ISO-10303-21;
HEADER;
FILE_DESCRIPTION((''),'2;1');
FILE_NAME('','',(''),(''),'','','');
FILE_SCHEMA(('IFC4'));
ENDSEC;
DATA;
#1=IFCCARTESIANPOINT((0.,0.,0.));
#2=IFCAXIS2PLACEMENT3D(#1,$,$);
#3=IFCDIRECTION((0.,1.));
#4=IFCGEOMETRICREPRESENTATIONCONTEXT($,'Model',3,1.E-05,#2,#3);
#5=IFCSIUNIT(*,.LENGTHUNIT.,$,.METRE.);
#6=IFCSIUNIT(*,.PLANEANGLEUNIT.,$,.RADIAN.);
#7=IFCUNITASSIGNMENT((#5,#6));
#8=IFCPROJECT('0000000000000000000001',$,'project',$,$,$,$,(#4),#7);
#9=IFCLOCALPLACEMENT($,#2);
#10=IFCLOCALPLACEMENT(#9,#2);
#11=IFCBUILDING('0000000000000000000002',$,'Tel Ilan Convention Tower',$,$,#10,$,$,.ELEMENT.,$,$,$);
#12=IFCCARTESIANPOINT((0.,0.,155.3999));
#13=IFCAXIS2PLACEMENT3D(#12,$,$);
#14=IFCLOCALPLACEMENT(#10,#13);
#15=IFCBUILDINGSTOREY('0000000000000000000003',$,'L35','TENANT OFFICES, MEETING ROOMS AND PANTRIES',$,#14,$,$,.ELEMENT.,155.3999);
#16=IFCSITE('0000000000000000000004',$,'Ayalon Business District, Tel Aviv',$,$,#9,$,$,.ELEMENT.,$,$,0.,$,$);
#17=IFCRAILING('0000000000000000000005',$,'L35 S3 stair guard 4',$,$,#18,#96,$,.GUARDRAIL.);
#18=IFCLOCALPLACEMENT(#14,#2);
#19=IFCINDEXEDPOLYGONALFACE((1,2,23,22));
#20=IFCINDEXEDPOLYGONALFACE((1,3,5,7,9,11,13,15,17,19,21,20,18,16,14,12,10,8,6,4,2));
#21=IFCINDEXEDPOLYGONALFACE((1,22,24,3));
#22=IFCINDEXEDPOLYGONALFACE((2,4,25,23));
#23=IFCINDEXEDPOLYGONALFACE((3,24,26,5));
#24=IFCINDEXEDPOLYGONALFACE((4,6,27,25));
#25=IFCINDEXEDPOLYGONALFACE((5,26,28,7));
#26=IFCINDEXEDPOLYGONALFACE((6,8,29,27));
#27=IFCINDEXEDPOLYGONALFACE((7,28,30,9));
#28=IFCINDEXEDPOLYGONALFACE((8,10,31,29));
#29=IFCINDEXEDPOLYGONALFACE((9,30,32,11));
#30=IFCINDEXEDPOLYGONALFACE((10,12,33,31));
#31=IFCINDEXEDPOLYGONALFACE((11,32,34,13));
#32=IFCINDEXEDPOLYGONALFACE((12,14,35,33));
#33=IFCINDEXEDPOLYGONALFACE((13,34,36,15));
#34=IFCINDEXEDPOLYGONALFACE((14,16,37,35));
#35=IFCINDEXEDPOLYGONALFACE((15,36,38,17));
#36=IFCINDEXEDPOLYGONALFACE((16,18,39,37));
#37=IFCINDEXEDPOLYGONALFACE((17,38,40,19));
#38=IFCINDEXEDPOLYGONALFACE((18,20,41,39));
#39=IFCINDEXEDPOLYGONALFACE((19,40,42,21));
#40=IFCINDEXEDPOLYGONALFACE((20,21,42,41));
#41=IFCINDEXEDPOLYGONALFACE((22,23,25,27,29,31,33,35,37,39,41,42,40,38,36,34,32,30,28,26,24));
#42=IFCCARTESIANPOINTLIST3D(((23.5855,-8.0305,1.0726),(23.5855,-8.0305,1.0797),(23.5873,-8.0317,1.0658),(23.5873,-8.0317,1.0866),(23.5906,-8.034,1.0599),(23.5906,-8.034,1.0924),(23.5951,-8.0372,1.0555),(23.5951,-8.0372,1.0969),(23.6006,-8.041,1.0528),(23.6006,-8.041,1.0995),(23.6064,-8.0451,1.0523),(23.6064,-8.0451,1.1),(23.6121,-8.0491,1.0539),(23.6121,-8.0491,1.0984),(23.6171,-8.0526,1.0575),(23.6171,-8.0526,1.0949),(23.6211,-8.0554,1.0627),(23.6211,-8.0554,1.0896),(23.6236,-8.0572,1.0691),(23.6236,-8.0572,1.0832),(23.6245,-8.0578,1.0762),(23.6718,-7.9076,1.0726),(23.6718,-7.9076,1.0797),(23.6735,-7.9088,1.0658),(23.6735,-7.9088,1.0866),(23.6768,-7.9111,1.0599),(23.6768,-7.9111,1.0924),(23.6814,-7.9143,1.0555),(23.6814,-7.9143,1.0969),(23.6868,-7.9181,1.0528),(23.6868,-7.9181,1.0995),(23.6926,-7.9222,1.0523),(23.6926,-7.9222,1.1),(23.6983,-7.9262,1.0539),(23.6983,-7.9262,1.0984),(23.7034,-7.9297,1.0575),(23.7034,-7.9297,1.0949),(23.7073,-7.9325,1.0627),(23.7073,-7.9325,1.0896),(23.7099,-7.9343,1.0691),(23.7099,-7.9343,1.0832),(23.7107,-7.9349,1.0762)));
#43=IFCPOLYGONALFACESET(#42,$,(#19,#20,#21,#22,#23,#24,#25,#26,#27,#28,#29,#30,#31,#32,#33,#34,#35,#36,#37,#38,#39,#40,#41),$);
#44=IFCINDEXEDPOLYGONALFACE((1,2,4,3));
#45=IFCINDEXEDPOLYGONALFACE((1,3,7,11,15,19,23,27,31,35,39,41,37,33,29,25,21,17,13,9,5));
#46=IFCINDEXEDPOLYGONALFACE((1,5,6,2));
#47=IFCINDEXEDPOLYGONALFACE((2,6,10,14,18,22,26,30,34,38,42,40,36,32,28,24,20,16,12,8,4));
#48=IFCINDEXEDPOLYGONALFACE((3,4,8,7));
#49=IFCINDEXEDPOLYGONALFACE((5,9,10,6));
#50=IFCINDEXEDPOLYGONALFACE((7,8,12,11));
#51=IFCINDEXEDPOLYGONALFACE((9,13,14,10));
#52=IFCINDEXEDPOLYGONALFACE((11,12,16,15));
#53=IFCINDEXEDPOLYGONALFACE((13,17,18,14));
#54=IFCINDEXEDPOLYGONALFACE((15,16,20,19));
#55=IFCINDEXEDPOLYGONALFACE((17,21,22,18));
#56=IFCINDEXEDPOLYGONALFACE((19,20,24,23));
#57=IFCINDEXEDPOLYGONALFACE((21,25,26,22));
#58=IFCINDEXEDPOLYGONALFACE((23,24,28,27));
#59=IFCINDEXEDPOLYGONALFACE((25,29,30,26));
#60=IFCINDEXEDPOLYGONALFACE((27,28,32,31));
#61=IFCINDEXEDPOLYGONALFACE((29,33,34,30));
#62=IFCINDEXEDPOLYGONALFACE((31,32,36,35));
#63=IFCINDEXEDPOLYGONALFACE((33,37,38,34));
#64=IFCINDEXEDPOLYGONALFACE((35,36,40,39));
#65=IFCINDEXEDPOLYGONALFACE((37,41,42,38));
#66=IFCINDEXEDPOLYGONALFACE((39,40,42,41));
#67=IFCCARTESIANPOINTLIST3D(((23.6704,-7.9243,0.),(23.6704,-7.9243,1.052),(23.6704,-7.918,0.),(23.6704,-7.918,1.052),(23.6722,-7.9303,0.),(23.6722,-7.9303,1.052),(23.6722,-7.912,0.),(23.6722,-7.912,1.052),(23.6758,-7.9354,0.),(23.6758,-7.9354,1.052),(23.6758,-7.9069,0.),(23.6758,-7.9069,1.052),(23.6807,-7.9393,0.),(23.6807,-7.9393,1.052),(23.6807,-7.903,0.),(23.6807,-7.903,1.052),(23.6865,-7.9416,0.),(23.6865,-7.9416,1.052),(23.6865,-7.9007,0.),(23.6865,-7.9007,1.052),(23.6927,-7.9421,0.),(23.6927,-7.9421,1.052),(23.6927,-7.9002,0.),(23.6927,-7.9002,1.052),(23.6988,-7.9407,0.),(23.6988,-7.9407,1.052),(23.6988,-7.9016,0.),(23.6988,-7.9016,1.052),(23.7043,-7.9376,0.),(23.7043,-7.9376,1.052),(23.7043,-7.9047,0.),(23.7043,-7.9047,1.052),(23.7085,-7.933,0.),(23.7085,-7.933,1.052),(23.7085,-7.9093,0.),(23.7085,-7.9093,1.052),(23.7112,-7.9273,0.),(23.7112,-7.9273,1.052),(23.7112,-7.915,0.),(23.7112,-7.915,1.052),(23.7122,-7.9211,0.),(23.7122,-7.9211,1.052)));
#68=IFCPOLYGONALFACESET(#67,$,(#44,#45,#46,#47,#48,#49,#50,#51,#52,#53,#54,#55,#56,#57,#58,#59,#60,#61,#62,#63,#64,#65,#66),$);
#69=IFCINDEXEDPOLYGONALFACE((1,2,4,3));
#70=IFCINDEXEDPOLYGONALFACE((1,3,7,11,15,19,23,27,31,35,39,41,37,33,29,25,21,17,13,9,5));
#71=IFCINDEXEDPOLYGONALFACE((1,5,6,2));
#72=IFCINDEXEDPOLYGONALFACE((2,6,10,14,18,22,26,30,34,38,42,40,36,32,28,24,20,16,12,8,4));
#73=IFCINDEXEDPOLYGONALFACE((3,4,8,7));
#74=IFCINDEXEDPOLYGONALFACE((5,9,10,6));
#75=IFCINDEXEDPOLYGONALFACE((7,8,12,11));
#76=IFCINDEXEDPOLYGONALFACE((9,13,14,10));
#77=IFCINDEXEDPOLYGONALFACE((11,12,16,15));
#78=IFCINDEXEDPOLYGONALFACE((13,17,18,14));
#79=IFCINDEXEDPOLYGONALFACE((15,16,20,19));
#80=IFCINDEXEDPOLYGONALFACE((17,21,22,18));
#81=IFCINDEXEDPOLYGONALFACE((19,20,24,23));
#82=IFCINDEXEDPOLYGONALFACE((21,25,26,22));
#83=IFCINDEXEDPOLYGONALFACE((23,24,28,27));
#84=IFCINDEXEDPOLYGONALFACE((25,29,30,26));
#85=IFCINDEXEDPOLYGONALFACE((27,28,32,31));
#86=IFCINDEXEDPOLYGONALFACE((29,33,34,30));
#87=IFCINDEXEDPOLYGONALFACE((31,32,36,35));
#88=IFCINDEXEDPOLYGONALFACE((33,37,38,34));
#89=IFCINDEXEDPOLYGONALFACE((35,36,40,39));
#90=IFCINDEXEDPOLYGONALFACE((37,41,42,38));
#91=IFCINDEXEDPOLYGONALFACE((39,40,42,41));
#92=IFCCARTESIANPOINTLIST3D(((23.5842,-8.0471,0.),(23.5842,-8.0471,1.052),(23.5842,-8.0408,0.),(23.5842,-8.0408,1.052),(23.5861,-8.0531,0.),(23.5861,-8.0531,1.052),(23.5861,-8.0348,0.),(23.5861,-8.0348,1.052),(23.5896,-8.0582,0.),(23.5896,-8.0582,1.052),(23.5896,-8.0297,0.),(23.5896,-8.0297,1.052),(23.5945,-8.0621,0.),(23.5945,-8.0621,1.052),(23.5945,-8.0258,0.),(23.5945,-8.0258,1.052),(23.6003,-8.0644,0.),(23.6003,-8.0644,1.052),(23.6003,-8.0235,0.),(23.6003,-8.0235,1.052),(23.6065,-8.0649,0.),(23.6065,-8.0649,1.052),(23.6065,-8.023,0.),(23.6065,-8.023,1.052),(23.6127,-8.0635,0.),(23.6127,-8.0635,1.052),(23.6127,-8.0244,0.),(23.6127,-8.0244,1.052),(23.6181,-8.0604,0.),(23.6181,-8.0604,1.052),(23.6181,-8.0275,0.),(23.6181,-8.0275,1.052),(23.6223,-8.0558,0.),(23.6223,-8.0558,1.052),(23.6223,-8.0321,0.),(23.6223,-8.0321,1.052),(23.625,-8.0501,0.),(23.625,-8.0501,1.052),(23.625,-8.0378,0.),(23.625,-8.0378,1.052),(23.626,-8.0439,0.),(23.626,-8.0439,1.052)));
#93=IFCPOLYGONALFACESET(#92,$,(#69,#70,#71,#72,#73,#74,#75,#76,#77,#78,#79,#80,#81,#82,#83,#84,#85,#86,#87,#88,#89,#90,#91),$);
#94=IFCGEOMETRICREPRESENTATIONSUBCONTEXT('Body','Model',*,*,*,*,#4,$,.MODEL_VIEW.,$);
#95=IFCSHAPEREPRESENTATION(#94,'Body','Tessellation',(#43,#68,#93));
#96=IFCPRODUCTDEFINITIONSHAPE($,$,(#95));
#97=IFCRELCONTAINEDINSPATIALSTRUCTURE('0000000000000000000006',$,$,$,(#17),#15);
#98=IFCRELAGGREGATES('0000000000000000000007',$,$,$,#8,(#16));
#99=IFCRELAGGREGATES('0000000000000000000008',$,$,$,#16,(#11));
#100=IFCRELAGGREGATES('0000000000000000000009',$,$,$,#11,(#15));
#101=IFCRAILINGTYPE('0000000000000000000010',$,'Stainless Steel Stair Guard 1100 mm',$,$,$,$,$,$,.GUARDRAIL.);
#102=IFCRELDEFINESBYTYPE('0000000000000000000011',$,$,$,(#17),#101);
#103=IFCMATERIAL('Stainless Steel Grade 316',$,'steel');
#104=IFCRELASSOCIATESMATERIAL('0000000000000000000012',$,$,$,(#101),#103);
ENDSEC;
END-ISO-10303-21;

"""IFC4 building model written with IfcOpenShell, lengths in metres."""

from ifc_helpers import new_model, si_unit, direction, frame, origin, origin_2d, place, context, subcontext, project, spatial, circle, extrude, material, type_object, element, save


model = new_model("IFC4")

# Units and contexts
model_context = context("Model", 3, precision=1e-05, world=origin(), true_north=direction((0.0, 1.0)))
body_context = subcontext(model_context, "Body", "Model", "MODEL_VIEW")
ifc_project = project(units=[si_unit("LENGTHUNIT", "METRE"), si_unit("PLANEANGLEUNIT", "RADIAN")], contexts=[model_context])

# Site, building, storey
site_placement = place(None, origin())
site = spatial("IfcSite", under=ifc_project, at=site_placement, Name="Ayalon Business District, Tel Aviv", CompositionType="ELEMENT", RefElevation=0.0)
building_placement = place(site_placement, origin())
building = spatial("IfcBuilding", under=site, at=building_placement, Name="Tel Ilan Convention Tower", CompositionType="ELEMENT")
storey_placement = place(building_placement, frame((0.0, 0.0, 155.3999)))
storey = spatial("IfcBuildingStorey", under=building, at=storey_placement, Name="L35", Description="TENANT OFFICES, MEETING ROOMS AND PANTRIES", CompositionType="ELEMENT", Elevation=155.3999)

# Railing
ifc_material_1 = material(Name="Stainless Steel Grade 316", Category="steel")
railing_type_1 = type_object("IfcRailingType", Name="Stainless Steel Stair Guard 1100 mm", PredefinedType="GUARDRAIL", material=ifc_material_1)
railing_1_placement = place(storey_placement, frame((23.6912, -7.9211, 0.0)))
element("IfcRailing", 1, at=railing_1_placement, inside=storey, type_object=railing_type_1, Name="L35 S3 stair guard 4", PredefinedType="GUARDRAIL", context=body_context, shape_type="SweptSolid", body=[
    extrude(circle(Radius=0.0239, at=origin_2d()), frame((0.0, 0.0, 1.0762), z_axis=(-0.574445, -0.818543, 0.0), x_axis=(0.818543, -0.574445, 0.0)), (0.0, 0.0, 1.0), 0.1501),
    extrude(circle(Radius=0.021, at=origin_2d()), origin(), (0.0, 0.0, 1.0), 1.052),
    extrude(circle(Radius=0.021, at=origin_2d()), frame((-0.0862, -0.1228, 0.0)), (0.0, 0.0, 1.0), 1.052),
])

save(model, "model.ifc")
